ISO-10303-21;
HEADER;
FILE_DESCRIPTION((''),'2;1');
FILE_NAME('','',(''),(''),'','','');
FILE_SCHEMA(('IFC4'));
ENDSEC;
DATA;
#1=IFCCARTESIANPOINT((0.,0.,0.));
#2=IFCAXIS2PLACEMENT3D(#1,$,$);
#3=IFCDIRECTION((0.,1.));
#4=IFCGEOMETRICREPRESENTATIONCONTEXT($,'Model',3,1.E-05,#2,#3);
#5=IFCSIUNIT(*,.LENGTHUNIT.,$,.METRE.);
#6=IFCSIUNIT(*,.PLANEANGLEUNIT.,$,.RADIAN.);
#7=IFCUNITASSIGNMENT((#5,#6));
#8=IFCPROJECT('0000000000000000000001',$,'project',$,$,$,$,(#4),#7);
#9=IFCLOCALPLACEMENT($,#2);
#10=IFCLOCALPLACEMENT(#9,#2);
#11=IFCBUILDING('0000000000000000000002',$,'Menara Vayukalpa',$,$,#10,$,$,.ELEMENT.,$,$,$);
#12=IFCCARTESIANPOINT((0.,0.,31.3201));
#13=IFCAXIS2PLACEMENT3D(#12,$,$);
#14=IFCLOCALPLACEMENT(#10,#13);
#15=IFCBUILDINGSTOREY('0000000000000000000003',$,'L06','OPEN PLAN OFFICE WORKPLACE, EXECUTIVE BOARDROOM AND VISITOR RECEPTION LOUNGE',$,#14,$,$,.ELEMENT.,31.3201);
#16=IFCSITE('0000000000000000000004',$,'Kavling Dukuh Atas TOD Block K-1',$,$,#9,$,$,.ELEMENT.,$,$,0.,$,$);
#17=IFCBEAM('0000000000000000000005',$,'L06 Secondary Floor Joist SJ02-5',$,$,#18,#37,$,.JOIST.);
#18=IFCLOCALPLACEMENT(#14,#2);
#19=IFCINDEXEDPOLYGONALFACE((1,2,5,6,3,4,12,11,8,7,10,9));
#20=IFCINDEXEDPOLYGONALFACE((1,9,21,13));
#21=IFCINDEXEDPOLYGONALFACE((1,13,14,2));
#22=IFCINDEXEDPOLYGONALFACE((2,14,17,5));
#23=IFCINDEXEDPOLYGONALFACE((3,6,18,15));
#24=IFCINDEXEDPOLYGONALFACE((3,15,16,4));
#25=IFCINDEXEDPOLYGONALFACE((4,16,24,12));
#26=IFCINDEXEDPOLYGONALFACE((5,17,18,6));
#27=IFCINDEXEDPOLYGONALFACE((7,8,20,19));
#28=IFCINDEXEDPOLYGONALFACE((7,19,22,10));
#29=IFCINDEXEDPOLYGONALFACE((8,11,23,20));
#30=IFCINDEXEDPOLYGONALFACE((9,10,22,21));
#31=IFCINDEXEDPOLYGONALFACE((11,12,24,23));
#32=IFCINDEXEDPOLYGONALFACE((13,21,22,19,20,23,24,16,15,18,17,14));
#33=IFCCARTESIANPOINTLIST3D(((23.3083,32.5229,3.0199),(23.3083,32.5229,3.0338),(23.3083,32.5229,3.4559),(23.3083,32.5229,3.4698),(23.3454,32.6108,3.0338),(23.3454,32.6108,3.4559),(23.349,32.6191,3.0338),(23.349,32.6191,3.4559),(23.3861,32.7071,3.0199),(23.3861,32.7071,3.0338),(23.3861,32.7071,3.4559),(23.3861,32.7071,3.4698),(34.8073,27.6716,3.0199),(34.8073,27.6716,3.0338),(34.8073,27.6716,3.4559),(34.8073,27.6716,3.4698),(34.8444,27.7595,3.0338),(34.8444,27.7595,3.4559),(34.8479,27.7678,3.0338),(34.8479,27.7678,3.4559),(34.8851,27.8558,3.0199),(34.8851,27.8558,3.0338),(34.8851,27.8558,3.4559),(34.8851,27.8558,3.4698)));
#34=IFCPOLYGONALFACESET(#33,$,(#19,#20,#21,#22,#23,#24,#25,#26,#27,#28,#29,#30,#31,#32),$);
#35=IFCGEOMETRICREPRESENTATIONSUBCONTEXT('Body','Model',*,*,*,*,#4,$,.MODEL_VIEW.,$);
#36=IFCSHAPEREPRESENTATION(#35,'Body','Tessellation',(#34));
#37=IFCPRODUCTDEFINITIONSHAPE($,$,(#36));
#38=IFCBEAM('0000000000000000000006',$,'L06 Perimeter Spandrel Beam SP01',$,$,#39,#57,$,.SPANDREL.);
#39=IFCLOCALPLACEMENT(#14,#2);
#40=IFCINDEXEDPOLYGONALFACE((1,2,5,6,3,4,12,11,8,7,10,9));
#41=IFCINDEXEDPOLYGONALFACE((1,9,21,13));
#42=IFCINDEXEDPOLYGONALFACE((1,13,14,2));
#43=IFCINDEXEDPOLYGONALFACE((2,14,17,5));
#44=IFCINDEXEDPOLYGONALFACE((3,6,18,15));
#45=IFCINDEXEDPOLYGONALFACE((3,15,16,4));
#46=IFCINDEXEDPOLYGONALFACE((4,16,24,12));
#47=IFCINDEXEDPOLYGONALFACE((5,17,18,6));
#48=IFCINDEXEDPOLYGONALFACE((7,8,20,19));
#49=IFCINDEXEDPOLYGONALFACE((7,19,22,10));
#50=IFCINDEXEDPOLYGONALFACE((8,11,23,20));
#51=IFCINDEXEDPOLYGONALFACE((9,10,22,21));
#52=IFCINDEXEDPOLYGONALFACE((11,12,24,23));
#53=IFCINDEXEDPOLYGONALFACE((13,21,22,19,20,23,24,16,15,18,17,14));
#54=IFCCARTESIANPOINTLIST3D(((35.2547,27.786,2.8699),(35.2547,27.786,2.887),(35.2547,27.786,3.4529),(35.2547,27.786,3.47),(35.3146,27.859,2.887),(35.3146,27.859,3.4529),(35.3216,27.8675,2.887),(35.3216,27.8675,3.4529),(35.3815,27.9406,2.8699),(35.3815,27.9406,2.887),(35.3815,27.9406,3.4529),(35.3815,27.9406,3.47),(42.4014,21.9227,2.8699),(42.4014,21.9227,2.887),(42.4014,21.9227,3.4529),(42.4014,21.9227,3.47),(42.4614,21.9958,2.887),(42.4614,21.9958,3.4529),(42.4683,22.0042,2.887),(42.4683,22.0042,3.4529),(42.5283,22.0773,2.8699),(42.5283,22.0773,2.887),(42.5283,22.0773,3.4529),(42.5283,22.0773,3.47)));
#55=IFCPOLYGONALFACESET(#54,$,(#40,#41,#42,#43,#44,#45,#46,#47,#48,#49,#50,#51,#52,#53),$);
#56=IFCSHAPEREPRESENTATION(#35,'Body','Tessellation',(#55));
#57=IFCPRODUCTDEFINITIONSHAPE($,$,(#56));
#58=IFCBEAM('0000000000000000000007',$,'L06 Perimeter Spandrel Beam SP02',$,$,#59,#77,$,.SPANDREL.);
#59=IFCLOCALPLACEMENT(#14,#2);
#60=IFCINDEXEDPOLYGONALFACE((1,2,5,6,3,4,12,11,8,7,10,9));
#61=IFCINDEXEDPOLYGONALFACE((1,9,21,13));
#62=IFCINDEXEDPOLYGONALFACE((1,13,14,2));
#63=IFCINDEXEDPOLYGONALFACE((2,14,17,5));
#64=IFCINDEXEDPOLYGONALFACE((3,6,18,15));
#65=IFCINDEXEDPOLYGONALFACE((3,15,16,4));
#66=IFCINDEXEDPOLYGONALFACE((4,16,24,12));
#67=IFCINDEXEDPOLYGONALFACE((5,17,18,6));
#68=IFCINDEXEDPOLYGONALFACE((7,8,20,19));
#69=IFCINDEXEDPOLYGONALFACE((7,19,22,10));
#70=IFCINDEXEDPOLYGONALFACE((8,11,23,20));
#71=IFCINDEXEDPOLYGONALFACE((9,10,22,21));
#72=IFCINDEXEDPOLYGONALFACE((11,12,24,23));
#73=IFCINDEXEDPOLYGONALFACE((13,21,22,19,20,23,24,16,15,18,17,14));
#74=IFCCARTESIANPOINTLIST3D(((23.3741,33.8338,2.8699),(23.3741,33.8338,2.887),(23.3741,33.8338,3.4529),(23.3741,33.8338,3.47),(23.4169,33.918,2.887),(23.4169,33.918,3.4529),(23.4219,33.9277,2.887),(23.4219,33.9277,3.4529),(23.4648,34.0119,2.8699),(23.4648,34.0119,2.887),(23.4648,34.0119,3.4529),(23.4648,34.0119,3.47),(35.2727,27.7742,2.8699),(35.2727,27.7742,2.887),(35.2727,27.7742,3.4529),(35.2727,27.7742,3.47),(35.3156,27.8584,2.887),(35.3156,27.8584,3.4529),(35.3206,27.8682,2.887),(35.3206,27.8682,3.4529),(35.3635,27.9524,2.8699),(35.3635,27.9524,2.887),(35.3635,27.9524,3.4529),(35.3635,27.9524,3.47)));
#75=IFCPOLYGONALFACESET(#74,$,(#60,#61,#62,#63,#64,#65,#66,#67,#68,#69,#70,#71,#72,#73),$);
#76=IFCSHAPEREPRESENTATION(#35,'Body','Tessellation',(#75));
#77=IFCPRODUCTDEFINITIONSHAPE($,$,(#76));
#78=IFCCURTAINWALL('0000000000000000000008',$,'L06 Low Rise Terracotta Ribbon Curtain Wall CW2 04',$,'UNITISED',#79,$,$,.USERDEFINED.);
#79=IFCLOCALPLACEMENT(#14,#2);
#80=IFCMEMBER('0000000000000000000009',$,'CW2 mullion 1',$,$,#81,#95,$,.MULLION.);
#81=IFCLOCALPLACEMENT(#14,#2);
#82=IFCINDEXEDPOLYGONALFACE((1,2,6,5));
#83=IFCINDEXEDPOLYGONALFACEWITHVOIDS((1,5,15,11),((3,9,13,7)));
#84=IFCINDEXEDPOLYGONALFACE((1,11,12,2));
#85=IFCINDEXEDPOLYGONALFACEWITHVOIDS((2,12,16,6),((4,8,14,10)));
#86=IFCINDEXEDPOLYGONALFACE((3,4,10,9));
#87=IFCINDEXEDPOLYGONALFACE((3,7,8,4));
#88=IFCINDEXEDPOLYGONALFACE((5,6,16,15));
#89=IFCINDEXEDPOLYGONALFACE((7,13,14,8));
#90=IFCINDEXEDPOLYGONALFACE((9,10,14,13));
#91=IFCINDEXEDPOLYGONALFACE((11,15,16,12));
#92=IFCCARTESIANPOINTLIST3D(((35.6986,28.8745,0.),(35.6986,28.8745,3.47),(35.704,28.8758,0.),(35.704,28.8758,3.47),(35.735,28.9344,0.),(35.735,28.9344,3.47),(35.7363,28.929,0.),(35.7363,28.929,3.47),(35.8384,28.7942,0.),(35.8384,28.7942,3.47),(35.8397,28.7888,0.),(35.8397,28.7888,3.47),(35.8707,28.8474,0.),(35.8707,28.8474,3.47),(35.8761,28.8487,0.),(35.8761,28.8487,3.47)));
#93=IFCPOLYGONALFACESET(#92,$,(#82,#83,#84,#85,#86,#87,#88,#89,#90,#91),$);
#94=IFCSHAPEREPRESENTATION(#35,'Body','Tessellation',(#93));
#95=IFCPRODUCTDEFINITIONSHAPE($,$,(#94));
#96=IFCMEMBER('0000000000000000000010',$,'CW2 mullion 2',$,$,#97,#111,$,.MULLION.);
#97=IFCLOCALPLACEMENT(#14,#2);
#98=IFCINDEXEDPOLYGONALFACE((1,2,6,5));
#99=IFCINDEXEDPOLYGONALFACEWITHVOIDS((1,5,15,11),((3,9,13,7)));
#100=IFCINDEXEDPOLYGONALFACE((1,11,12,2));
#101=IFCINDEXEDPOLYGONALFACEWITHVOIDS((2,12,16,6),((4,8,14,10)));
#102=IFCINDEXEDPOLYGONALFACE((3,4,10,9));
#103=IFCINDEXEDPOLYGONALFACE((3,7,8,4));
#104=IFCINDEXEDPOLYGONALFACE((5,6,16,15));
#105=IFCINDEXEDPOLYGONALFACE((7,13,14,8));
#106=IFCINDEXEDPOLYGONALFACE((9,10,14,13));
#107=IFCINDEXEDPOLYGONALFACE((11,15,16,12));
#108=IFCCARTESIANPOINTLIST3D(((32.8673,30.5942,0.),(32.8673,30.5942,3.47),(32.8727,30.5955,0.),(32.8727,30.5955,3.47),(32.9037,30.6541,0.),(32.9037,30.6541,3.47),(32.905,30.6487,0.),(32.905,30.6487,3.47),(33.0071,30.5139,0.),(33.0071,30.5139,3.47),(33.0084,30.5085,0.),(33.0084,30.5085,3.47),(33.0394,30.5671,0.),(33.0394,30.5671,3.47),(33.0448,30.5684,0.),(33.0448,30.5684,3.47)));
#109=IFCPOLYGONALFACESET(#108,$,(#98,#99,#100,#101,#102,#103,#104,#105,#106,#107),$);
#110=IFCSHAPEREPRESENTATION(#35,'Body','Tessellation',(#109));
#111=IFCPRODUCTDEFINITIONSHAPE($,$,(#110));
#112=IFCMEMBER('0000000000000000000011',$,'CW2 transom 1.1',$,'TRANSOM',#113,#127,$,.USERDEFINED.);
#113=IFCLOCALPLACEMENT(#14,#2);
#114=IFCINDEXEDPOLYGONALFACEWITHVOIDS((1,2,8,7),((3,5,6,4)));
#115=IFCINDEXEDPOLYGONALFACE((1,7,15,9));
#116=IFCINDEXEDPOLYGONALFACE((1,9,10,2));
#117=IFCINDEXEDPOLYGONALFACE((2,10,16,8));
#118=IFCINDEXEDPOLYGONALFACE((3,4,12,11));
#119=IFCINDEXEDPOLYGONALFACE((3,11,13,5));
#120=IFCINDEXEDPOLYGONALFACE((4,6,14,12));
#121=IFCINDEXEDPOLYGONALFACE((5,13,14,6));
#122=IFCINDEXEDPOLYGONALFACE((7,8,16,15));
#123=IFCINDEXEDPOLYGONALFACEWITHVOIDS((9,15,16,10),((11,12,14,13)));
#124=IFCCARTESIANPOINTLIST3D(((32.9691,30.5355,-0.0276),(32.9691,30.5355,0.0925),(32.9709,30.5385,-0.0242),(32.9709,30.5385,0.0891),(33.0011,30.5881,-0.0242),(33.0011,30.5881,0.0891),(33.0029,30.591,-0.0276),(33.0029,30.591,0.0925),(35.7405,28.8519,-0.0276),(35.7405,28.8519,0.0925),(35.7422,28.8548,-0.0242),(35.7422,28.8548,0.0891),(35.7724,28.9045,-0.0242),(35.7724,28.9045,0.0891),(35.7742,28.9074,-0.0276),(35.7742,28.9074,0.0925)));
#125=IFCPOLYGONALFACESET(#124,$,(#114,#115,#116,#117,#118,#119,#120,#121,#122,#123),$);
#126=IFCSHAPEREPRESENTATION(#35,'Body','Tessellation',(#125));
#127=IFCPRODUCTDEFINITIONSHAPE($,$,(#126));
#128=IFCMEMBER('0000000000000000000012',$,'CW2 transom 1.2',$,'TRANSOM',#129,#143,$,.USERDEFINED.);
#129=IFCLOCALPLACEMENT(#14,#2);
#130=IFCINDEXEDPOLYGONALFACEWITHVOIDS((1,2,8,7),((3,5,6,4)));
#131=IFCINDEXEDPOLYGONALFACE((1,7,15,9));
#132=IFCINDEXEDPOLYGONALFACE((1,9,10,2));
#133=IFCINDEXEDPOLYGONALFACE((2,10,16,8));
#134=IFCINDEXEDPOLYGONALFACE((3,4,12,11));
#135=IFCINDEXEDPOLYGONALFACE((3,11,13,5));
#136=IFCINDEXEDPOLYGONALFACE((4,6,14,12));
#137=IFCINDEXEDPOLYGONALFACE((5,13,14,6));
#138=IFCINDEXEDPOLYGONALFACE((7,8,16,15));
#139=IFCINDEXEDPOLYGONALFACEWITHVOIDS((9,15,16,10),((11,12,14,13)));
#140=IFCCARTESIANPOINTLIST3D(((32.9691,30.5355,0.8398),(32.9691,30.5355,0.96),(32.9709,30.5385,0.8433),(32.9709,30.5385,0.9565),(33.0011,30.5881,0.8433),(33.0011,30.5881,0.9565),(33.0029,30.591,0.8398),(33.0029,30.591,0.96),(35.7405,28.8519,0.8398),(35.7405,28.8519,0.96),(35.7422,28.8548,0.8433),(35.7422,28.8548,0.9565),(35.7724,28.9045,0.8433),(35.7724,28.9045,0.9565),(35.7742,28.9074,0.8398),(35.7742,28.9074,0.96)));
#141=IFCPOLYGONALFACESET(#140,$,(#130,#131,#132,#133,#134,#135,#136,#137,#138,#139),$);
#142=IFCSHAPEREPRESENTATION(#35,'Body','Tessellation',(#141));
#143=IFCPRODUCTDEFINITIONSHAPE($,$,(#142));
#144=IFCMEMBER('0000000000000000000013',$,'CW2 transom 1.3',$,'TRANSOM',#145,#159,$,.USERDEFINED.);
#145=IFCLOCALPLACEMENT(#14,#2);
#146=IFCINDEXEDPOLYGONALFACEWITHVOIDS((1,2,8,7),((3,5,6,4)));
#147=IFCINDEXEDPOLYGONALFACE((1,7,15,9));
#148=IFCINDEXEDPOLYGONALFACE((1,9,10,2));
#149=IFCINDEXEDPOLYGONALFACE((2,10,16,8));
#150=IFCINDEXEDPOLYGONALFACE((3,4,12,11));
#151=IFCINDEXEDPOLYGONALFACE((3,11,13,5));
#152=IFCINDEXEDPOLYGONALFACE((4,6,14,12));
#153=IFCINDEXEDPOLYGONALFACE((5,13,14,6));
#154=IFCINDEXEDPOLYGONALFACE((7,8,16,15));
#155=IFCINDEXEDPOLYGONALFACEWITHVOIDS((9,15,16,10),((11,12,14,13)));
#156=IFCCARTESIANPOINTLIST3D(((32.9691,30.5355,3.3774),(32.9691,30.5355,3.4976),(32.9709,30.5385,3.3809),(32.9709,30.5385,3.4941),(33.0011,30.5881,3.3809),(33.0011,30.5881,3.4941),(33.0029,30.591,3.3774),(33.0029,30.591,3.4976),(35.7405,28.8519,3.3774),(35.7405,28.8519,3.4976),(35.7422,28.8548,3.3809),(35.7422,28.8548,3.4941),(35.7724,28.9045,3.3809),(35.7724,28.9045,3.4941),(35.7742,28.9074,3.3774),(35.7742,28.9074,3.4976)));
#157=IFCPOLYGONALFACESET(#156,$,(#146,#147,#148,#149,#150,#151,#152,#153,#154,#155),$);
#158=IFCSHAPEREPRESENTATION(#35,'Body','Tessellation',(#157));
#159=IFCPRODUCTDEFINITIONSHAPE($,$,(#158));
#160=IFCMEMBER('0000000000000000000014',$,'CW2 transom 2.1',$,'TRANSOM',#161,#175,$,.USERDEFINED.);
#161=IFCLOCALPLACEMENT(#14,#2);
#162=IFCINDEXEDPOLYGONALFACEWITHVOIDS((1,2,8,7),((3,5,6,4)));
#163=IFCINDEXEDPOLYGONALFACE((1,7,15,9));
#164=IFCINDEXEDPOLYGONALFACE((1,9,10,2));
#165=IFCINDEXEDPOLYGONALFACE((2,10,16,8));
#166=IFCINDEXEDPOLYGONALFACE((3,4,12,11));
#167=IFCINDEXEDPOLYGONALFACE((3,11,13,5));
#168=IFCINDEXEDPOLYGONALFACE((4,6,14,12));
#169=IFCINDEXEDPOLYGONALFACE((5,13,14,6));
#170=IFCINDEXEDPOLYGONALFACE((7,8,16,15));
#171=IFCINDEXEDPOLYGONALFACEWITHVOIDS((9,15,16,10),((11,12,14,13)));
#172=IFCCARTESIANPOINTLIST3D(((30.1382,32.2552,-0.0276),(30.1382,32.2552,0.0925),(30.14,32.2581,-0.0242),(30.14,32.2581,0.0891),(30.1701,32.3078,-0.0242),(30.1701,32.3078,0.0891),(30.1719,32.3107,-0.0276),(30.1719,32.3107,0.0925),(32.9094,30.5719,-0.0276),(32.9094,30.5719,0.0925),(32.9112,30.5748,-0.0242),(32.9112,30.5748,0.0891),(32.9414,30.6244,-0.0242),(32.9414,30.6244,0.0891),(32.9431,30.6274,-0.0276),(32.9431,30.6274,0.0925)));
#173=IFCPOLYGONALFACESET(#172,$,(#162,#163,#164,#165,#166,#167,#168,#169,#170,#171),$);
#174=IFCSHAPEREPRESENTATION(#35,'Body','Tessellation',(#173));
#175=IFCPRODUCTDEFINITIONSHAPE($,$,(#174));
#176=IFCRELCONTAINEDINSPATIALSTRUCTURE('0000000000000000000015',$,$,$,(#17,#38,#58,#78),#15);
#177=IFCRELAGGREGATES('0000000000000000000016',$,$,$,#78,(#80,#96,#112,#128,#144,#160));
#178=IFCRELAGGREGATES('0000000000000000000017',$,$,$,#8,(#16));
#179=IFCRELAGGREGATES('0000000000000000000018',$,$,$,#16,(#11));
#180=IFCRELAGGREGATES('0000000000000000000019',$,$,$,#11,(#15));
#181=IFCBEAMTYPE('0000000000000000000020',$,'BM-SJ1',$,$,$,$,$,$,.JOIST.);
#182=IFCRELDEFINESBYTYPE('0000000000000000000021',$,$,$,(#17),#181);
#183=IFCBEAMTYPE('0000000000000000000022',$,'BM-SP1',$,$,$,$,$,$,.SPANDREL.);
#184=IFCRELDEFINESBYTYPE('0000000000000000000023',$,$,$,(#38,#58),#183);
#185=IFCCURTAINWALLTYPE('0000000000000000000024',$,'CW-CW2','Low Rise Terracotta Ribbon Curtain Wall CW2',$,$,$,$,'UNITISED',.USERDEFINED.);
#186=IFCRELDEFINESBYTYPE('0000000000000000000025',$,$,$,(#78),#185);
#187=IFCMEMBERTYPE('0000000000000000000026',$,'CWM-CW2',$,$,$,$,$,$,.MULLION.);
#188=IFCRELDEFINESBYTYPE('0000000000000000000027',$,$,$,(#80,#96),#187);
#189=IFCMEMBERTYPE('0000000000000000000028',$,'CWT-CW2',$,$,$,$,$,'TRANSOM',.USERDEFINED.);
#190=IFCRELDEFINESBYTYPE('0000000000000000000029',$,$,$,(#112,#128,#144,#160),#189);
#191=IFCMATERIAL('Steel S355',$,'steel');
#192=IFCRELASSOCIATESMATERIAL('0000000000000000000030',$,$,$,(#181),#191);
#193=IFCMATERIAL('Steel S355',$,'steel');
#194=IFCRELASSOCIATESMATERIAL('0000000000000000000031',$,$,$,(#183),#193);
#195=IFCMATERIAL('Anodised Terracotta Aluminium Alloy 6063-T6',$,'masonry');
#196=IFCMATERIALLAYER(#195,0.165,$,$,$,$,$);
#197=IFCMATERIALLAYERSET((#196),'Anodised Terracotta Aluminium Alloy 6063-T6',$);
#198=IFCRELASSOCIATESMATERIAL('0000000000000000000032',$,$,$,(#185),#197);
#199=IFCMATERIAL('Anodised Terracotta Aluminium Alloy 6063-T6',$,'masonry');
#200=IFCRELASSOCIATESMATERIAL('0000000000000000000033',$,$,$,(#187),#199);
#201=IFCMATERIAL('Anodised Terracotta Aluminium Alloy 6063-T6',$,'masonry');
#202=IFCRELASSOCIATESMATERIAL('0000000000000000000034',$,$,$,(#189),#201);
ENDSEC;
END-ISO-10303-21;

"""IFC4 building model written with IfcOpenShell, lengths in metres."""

from ifc_helpers import new_model, si_unit, direction, frame, origin, origin_2d, place, context, subcontext, project, spatial, hollow_rectangle, i_section, extrude, material, layer, layer_set, material_profile, profile_set, type_object, element, aggregate, save


model = new_model("IFC4")

# Units and contexts
model_context = context("Model", 3, precision=1e-05, world=origin(), true_north=direction((0.0, 1.0)))
body_context = subcontext(model_context, "Body", "Model", "MODEL_VIEW")
ifc_project = project(units=[si_unit("LENGTHUNIT", "METRE"), si_unit("PLANEANGLEUNIT", "RADIAN")], contexts=[model_context])

# Site, building, storey
site_placement = place(None, origin())
site = spatial("IfcSite", under=ifc_project, at=site_placement, Name="Kavling Dukuh Atas TOD Block K-1", CompositionType="ELEMENT", RefElevation=0.0)
building_placement = place(site_placement, origin())
building = spatial("IfcBuilding", under=site, at=building_placement, Name="Menara Vayukalpa", CompositionType="ELEMENT")
storey_placement = place(building_placement, frame((0.0, 0.0, 31.3201)))
storey = spatial("IfcBuildingStorey", under=building, at=storey_placement, Name="L06", Description="OPEN PLAN OFFICE WORKPLACE, EXECUTIVE BOARDROOM AND VISITOR RECEPTION LOUNGE", CompositionType="ELEMENT", Elevation=31.3201)

# Beams
ifc_material_1 = material(Name="Steel S355", Category="steel")
ifc_material_profile_1 = material_profile(ifc_material_1, i_section(OverallWidth=0.2, OverallDepth=0.45, WebThickness=0.009, FlangeThickness=0.0139, at=origin_2d()), Name="WF 450x200x9x14")
ifc_profile_set_1 = profile_set([ifc_material_profile_1], Name="Steel S355")
beam_type_1 = type_object("IfcBeamType", Name="BM-SJ1", PredefinedType="JOIST", material=ifc_profile_set_1)
beam_1_placement = place(storey_placement, frame((34.8462, 27.7637, 3.2449), z_axis=(-0.921359, 0.388712, 0.0), x_axis=(-0.388712, -0.921359, 0.0)))
element("IfcBeam", 1, at=beam_1_placement, inside=storey, type_object=beam_type_1, Name="L06 Secondary Floor Joist SJ02-5", PredefinedType="JOIST", context=body_context, shape_type="SweptSolid", body=[
    extrude(i_section(OverallWidth=0.2, OverallDepth=0.45, WebThickness=0.009, FlangeThickness=0.0139, at=origin_2d()), origin(), (0.0, 0.0, 1.0), 12.4805),
])
ifc_material_2 = material(Name="Steel S355", Category="steel")
ifc_material_profile_2 = material_profile(ifc_material_2, i_section(OverallWidth=0.2, OverallDepth=0.6001, WebThickness=0.011, FlangeThickness=0.0171, at=origin_2d()), Name="WF 600x200x11x17")
ifc_profile_set_2 = profile_set([ifc_material_profile_2], Name="Steel S355")
beam_type_2 = type_object("IfcBeamType", Name="BM-SP1", PredefinedType="SPANDREL", material=ifc_profile_set_2)
beam_2_placement = place(storey_placement, frame((42.4648, 22.0, 3.1699), z_axis=(-0.773111, 0.634271, 0.0), x_axis=(-0.634271, -0.773111, 0.0)))
element("IfcBeam", 2, at=beam_2_placement, inside=storey, type_object=beam_type_2, Name="L06 Perimeter Spandrel Beam SP01", PredefinedType="SPANDREL", context=body_context, shape_type="SweptSolid", body=[
    extrude(i_section(OverallWidth=0.2, OverallDepth=0.6001, WebThickness=0.011, FlangeThickness=0.0171, at=origin_2d()), origin(), (0.0, 0.0, 1.0), 9.2441),
])
beam_3_placement = place(storey_placement, frame((35.3181, 27.8633, 3.1699), z_axis=(-0.891101, 0.453806, 0.0), x_axis=(-0.453806, -0.891101, 0.0)))
element("IfcBeam", 3, at=beam_3_placement, inside=storey, type_object=beam_type_2, Name="L06 Perimeter Spandrel Beam SP02", PredefinedType="SPANDREL", context=body_context, shape_type="SweptSolid", body=[
    extrude(i_section(OverallWidth=0.2, OverallDepth=0.6001, WebThickness=0.011, FlangeThickness=0.0171, at=origin_2d()), origin(), (0.0, 0.0, 1.0), 13.3528),
])

# Curtain wall, members
ifc_material_3 = material(Name="Anodised Terracotta Aluminium Alloy 6063-T6", Category="masonry")
ifc_layer_1 = layer(ifc_material_3, 0.165)
ifc_layer_set_1 = layer_set([ifc_layer_1], Name="Anodised Terracotta Aluminium Alloy 6063-T6")
curtain_wall_type = type_object("IfcCurtainWallType", Name="CW-CW2", Description="Low Rise Terracotta Ribbon Curtain Wall CW2", ElementType="UNITISED", PredefinedType="USERDEFINED", material=ifc_layer_set_1)
curtain_wall_placement = place(storey_placement, origin())
curtain_wall = element("IfcCurtainWall", 4, at=curtain_wall_placement, inside=storey, type_object=curtain_wall_type, Name="L06 Low Rise Terracotta Ribbon Curtain Wall CW2 04", ObjectType="UNITISED", PredefinedType="USERDEFINED")
ifc_material_4 = material(Name="Anodised Terracotta Aluminium Alloy 6063-T6", Category="masonry")
ifc_material_profile_3 = material_profile(ifc_material_4, hollow_rectangle(XDim=0.0701, YDim=0.165, WallThickness=0.0039, at=origin_2d()), Name="ALU 70x165x4")
ifc_profile_set_3 = profile_set([ifc_material_profile_3], Name="Anodised Terracotta Aluminium Alloy 6063-T6")
member_type_1 = type_object("IfcMemberType", Name="CWM-CW2", PredefinedType="MULLION", material=ifc_profile_set_3)
member_1_placement = place(storey_placement, frame((35.7874, 28.8616, 0.0), z_axis=(0.0, 0.0, 1.0), x_axis=(-0.519182, -0.854664, 0.0)))
member_1 = element("IfcMember", 5, at=member_1_placement, type_object=member_type_1, Name="CW2 mullion 1", PredefinedType="MULLION", context=body_context, shape_type="SweptSolid", body=[
    extrude(hollow_rectangle(XDim=0.0701, YDim=0.165, WallThickness=0.0039, at=origin_2d()), origin(), (0.0, 0.0, 1.0), 3.47),
])
member_2_placement = place(storey_placement, frame((32.9561, 30.5813, 0.0), z_axis=(0.0, 0.0, 1.0), x_axis=(-0.519182, -0.854664, 0.0)))
member_2 = element("IfcMember", 6, at=member_2_placement, type_object=member_type_1, Name="CW2 mullion 2", PredefinedType="MULLION", context=body_context, shape_type="SweptSolid", body=[
    extrude(hollow_rectangle(XDim=0.0701, YDim=0.165, WallThickness=0.0039, at=origin_2d()), origin(), (0.0, 0.0, 1.0), 3.47),
])
ifc_material_5 = material(Name="Anodised Terracotta Aluminium Alloy 6063-T6", Category="masonry")
ifc_material_profile_4 = material_profile(ifc_material_5, hollow_rectangle(XDim=0.0649, YDim=0.1201, WallThickness=0.0034, at=origin_2d()), Name="ALU 65x120x3.5")
ifc_profile_set_4 = profile_set([ifc_material_profile_4], Name="Anodised Terracotta Aluminium Alloy 6063-T6")
member_type_2 = type_object("IfcMemberType", Name="CWT-CW2", ElementType="TRANSOM", PredefinedType="USERDEFINED", material=ifc_profile_set_4)
member_3_placement = place(storey_placement, frame((35.7573, 28.8796, 0.0325), z_axis=(-0.854643, 0.519216, 0.0), x_axis=(-0.519216, -0.854643, 0.0)))
member_3 = element("IfcMember", 7, at=member_3_placement, type_object=member_type_2, Name="CW2 transom 1.1", ObjectType="TRANSOM", PredefinedType="USERDEFINED", context=body_context, shape_type="SweptSolid", body=[
    extrude(hollow_rectangle(XDim=0.0649, YDim=0.1201, WallThickness=0.0034, at=origin_2d()), origin(), (0.0, 0.0, 1.0), 3.2427),
])
member_4_placement = place(storey_placement, frame((35.7573, 28.8796, 0.8999), z_axis=(-0.854643, 0.519216, 0.0), x_axis=(-0.519216, -0.854643, 0.0)))
member_4 = element("IfcMember", 8, at=member_4_placement, type_object=member_type_2, Name="CW2 transom 1.2", ObjectType="TRANSOM", PredefinedType="USERDEFINED", context=body_context, shape_type="SweptSolid", body=[
    extrude(hollow_rectangle(XDim=0.0649, YDim=0.1201, WallThickness=0.0034, at=origin_2d()), origin(), (0.0, 0.0, 1.0), 3.2427),
])
member_5_placement = place(storey_placement, frame((35.7573, 28.8796, 3.4375), z_axis=(-0.854643, 0.519216, 0.0), x_axis=(-0.519216, -0.854643, 0.0)))
member_5 = element("IfcMember", 9, at=member_5_placement, type_object=member_type_2, Name="CW2 transom 1.3", ObjectType="TRANSOM", PredefinedType="USERDEFINED", context=body_context, shape_type="SweptSolid", body=[
    extrude(hollow_rectangle(XDim=0.0649, YDim=0.1201, WallThickness=0.0034, at=origin_2d()), origin(), (0.0, 0.0, 1.0), 3.2427),
])
member_6_placement = place(storey_placement, frame((32.9263, 30.5996, 0.0325), z_axis=(-0.854677, 0.519161, 0.0), x_axis=(-0.519161, -0.854677, 0.0)))
member_6 = element("IfcMember", 10, at=member_6_placement, type_object=member_type_2, Name="CW2 transom 2.1", ObjectType="TRANSOM", PredefinedType="USERDEFINED", context=body_context, shape_type="SweptSolid", body=[
    extrude(hollow_rectangle(XDim=0.0649, YDim=0.1201, WallThickness=0.0034, at=origin_2d()), origin(), (0.0, 0.0, 1.0), 3.2424),
])
aggregate(curtain_wall, [member_1, member_2, member_3, member_4, member_5, member_6])

save(model, "model.ifc")
